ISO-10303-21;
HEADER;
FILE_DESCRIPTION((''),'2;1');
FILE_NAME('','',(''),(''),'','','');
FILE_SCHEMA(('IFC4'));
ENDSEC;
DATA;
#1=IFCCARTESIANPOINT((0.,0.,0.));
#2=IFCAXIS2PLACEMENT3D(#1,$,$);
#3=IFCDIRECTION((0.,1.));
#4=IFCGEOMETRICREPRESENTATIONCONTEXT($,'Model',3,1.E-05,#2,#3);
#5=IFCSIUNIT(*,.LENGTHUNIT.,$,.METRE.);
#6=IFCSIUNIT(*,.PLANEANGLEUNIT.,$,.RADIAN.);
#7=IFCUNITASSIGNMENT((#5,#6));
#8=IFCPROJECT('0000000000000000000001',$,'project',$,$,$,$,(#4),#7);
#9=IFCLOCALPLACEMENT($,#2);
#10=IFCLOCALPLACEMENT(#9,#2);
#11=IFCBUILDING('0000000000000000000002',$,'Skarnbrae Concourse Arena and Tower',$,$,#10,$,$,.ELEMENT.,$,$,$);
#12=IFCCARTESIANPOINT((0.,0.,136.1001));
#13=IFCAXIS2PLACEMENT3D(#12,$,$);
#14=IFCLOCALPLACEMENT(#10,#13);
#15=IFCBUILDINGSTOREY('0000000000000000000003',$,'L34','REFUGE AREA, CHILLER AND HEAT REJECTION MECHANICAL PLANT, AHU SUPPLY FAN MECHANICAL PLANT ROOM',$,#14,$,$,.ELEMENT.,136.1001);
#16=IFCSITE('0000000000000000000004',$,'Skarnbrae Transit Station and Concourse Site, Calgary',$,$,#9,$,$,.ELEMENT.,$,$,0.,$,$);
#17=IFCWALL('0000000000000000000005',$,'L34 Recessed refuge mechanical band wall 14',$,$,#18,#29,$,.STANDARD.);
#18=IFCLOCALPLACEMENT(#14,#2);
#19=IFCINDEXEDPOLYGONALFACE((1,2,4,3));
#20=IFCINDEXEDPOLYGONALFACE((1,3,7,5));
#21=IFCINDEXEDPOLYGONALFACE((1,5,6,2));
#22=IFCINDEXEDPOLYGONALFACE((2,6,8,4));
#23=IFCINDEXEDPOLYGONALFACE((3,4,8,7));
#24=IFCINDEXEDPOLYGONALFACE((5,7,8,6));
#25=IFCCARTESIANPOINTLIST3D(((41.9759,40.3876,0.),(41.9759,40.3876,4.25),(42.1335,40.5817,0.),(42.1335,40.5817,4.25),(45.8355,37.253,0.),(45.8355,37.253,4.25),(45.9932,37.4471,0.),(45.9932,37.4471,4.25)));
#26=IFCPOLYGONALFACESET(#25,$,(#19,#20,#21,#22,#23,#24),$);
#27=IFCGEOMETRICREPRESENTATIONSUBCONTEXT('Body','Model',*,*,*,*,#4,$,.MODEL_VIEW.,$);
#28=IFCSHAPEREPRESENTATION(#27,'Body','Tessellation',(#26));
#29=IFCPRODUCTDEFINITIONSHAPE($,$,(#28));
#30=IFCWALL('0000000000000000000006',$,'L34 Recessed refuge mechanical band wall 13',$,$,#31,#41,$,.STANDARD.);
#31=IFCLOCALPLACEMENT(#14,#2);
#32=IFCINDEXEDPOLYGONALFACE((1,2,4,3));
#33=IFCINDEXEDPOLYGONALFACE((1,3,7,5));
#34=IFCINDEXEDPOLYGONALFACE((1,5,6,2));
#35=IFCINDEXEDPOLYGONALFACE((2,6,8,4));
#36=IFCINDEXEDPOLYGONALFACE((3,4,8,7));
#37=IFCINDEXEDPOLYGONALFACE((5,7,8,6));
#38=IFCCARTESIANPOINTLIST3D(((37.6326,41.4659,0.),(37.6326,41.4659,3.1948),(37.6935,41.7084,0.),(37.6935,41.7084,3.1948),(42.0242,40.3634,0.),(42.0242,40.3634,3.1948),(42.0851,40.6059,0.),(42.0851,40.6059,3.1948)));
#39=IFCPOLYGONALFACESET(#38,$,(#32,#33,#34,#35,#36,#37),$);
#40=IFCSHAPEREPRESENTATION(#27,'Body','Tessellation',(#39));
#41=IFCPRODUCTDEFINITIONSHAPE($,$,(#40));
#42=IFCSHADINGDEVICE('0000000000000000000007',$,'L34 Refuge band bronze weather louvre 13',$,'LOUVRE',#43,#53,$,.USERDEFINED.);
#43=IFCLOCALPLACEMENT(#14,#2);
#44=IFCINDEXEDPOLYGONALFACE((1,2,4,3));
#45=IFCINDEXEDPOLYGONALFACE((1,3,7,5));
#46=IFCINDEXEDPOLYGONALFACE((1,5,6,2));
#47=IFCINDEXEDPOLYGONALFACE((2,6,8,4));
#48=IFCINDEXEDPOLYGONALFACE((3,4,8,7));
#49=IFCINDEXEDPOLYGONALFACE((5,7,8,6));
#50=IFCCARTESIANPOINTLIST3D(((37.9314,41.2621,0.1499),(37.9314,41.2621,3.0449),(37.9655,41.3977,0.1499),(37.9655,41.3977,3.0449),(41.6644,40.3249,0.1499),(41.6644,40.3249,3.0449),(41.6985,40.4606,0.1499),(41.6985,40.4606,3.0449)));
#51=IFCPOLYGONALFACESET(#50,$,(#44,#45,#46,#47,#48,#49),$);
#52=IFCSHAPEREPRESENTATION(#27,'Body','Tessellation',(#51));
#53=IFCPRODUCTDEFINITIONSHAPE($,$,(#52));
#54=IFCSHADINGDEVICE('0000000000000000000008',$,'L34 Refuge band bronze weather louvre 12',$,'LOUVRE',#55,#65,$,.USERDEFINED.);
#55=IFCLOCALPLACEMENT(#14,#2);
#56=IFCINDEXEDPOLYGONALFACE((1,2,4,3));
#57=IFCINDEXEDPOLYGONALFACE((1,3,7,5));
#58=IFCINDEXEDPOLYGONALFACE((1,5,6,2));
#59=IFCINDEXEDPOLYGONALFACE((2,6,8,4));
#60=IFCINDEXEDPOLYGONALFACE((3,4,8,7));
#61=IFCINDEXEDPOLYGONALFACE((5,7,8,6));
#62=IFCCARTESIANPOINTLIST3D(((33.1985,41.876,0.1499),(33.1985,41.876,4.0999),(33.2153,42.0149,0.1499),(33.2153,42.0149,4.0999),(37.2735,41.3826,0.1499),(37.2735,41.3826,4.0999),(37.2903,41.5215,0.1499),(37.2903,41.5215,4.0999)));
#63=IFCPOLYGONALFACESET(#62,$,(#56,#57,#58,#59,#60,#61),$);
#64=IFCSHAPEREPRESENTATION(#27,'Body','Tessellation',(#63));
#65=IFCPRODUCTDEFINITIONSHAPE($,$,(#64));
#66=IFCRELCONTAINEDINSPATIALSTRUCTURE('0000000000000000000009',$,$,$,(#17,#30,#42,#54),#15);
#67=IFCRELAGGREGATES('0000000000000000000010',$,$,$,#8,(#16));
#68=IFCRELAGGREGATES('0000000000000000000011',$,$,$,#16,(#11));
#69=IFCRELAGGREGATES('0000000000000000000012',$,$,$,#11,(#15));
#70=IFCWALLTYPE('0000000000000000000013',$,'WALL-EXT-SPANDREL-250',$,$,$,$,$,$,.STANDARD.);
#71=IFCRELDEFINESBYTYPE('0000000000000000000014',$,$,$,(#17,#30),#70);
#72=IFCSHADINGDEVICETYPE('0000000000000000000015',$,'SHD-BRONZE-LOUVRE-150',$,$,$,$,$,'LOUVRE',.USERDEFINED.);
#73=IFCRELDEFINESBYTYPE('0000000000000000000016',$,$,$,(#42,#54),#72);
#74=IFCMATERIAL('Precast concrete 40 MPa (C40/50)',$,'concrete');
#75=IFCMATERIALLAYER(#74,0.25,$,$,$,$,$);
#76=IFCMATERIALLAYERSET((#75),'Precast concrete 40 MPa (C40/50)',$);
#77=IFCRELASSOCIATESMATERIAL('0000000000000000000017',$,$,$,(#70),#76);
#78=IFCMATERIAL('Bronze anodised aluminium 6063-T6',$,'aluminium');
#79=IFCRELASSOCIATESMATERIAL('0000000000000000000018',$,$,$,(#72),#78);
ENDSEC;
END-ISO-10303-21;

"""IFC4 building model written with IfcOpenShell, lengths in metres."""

from ifc_helpers import new_model, si_unit, direction, frame, frame_2d, origin, origin_2d, place, context, subcontext, project, spatial, rectangle, extrude, source, transform, mapped, material, layer, layer_set, type_object, element, save


model = new_model("IFC4")

# Units and contexts
model_context = context("Model", 3, precision=1e-05, world=origin(), true_north=direction((0.0, 1.0)))
body_context = subcontext(model_context, "Body", "Model", "MODEL_VIEW")
ifc_project = project(units=[si_unit("LENGTHUNIT", "METRE"), si_unit("PLANEANGLEUNIT", "RADIAN")], contexts=[model_context])

# Site, building, storey
site_placement = place(None, origin())
site = spatial("IfcSite", under=ifc_project, at=site_placement, Name="Skarnbrae Transit Station and Concourse Site, Calgary", CompositionType="ELEMENT", RefElevation=0.0)
building_placement = place(site_placement, origin())
building = spatial("IfcBuilding", under=site, at=building_placement, Name="Skarnbrae Concourse Arena and Tower", CompositionType="ELEMENT")
storey_placement = place(building_placement, frame((0.0, 0.0, 136.1001)))
storey = spatial("IfcBuildingStorey", under=building, at=storey_placement, Name="L34", Description="REFUGE AREA, CHILLER AND HEAT REJECTION MECHANICAL PLANT, AHU SUPPLY FAN MECHANICAL PLANT ROOM", CompositionType="ELEMENT", Elevation=136.1001)

# Walls
ifc_material_1 = material(Name="Precast concrete 40 MPa (C40/50)", Category="concrete")
ifc_layer_1 = layer(ifc_material_1, 0.25)
ifc_layer_set_1 = layer_set([ifc_layer_1], Name="Precast concrete 40 MPa (C40/50)")
wall_type = type_object("IfcWallType", Name="WALL-EXT-SPANDREL-250", PredefinedType="STANDARD", material=ifc_layer_set_1)
shared_shape_1 = source(origin(), body_context, "Body", "SweptSolid", [
    extrude(rectangle(XDim=4.9722, YDim=0.25, at=frame_2d((2.4861, 0.0))), origin(), (0.0, 0.0, 1.0), 4.25),
])
wall_1_placement = place(storey_placement, frame((42.0547, 40.4846, 0.0), z_axis=(0.0, 0.0, 1.0), x_axis=(0.776254, -0.630421, 0.0)))
element("IfcWall", 1, at=wall_1_placement, inside=storey, type_object=wall_type, Name="L34 Recessed refuge mechanical band wall 14", PredefinedType="STANDARD", context=body_context, shape_type="MappedRepresentation", body=[
    mapped(shared_shape_1, transform((0.0, 0.0, 0.0))),
])
shared_shape_2 = source(origin(), body_context, "Body", "SweptSolid", [
    extrude(rectangle(XDim=4.5278, YDim=0.25, at=frame_2d((2.2639, 0.0))), origin(), (0.0, 0.0, 1.0), 3.1948),
])
wall_2_placement = place(storey_placement, frame((37.6631, 41.5872, 0.0), z_axis=(0.0, 0.0, 1.0), x_axis=(0.969901, -0.2435, 0.0)))
element("IfcWall", 2, at=wall_2_placement, inside=storey, type_object=wall_type, Name="L34 Recessed refuge mechanical band wall 13", PredefinedType="STANDARD", context=body_context, shape_type="MappedRepresentation", body=[
    mapped(shared_shape_2, transform((0.0, 0.0, 0.0))),
])

# Shading devices
ifc_material_2 = material(Name="Bronze anodised aluminium 6063-T6", Category="aluminium")
shading_device_type = type_object("IfcShadingDeviceType", Name="SHD-BRONZE-LOUVRE-150", ElementType="LOUVRE", PredefinedType="USERDEFINED", material=ifc_material_2)
shared_shape_3 = source(origin(), body_context, "Body", "SweptSolid", [
    extrude(rectangle(XDim=3.8489, YDim=0.1399, at=origin_2d()), origin(), (0.0, 0.0, 1.0), 2.895),
])
shading_device_1_placement = place(storey_placement, frame((39.8149, 40.8613, 0.1499), z_axis=(0.0, 0.0, 1.0), x_axis=(0.969904, -0.243486, 0.0)))
element("IfcShadingDevice", 3, at=shading_device_1_placement, inside=storey, type_object=shading_device_type, Name="L34 Refuge band bronze weather louvre 13", ObjectType="LOUVRE", PredefinedType="USERDEFINED", context=body_context, shape_type="MappedRepresentation", body=[
    mapped(shared_shape_3, transform((0.0, 0.0, 0.0))),
])
shared_shape_4 = source(origin(), body_context, "Body", "SweptSolid", [
    extrude(rectangle(XDim=4.1047, YDim=0.1399, at=origin_2d()), origin(), (0.0, 0.0, 1.0), 3.95),
])
shading_device_2_placement = place(storey_placement, frame((35.2444, 41.6987, 0.1499), z_axis=(0.0, 0.0, 1.0), x_axis=(0.992749, -0.120206, 0.0)))
element("IfcShadingDevice", 4, at=shading_device_2_placement, inside=storey, type_object=shading_device_type, Name="L34 Refuge band bronze weather louvre 12", ObjectType="LOUVRE", PredefinedType="USERDEFINED", context=body_context, shape_type="MappedRepresentation", body=[
    mapped(shared_shape_4, transform((0.0, 0.0, 0.0))),
])

save(model, "model.ifc")
